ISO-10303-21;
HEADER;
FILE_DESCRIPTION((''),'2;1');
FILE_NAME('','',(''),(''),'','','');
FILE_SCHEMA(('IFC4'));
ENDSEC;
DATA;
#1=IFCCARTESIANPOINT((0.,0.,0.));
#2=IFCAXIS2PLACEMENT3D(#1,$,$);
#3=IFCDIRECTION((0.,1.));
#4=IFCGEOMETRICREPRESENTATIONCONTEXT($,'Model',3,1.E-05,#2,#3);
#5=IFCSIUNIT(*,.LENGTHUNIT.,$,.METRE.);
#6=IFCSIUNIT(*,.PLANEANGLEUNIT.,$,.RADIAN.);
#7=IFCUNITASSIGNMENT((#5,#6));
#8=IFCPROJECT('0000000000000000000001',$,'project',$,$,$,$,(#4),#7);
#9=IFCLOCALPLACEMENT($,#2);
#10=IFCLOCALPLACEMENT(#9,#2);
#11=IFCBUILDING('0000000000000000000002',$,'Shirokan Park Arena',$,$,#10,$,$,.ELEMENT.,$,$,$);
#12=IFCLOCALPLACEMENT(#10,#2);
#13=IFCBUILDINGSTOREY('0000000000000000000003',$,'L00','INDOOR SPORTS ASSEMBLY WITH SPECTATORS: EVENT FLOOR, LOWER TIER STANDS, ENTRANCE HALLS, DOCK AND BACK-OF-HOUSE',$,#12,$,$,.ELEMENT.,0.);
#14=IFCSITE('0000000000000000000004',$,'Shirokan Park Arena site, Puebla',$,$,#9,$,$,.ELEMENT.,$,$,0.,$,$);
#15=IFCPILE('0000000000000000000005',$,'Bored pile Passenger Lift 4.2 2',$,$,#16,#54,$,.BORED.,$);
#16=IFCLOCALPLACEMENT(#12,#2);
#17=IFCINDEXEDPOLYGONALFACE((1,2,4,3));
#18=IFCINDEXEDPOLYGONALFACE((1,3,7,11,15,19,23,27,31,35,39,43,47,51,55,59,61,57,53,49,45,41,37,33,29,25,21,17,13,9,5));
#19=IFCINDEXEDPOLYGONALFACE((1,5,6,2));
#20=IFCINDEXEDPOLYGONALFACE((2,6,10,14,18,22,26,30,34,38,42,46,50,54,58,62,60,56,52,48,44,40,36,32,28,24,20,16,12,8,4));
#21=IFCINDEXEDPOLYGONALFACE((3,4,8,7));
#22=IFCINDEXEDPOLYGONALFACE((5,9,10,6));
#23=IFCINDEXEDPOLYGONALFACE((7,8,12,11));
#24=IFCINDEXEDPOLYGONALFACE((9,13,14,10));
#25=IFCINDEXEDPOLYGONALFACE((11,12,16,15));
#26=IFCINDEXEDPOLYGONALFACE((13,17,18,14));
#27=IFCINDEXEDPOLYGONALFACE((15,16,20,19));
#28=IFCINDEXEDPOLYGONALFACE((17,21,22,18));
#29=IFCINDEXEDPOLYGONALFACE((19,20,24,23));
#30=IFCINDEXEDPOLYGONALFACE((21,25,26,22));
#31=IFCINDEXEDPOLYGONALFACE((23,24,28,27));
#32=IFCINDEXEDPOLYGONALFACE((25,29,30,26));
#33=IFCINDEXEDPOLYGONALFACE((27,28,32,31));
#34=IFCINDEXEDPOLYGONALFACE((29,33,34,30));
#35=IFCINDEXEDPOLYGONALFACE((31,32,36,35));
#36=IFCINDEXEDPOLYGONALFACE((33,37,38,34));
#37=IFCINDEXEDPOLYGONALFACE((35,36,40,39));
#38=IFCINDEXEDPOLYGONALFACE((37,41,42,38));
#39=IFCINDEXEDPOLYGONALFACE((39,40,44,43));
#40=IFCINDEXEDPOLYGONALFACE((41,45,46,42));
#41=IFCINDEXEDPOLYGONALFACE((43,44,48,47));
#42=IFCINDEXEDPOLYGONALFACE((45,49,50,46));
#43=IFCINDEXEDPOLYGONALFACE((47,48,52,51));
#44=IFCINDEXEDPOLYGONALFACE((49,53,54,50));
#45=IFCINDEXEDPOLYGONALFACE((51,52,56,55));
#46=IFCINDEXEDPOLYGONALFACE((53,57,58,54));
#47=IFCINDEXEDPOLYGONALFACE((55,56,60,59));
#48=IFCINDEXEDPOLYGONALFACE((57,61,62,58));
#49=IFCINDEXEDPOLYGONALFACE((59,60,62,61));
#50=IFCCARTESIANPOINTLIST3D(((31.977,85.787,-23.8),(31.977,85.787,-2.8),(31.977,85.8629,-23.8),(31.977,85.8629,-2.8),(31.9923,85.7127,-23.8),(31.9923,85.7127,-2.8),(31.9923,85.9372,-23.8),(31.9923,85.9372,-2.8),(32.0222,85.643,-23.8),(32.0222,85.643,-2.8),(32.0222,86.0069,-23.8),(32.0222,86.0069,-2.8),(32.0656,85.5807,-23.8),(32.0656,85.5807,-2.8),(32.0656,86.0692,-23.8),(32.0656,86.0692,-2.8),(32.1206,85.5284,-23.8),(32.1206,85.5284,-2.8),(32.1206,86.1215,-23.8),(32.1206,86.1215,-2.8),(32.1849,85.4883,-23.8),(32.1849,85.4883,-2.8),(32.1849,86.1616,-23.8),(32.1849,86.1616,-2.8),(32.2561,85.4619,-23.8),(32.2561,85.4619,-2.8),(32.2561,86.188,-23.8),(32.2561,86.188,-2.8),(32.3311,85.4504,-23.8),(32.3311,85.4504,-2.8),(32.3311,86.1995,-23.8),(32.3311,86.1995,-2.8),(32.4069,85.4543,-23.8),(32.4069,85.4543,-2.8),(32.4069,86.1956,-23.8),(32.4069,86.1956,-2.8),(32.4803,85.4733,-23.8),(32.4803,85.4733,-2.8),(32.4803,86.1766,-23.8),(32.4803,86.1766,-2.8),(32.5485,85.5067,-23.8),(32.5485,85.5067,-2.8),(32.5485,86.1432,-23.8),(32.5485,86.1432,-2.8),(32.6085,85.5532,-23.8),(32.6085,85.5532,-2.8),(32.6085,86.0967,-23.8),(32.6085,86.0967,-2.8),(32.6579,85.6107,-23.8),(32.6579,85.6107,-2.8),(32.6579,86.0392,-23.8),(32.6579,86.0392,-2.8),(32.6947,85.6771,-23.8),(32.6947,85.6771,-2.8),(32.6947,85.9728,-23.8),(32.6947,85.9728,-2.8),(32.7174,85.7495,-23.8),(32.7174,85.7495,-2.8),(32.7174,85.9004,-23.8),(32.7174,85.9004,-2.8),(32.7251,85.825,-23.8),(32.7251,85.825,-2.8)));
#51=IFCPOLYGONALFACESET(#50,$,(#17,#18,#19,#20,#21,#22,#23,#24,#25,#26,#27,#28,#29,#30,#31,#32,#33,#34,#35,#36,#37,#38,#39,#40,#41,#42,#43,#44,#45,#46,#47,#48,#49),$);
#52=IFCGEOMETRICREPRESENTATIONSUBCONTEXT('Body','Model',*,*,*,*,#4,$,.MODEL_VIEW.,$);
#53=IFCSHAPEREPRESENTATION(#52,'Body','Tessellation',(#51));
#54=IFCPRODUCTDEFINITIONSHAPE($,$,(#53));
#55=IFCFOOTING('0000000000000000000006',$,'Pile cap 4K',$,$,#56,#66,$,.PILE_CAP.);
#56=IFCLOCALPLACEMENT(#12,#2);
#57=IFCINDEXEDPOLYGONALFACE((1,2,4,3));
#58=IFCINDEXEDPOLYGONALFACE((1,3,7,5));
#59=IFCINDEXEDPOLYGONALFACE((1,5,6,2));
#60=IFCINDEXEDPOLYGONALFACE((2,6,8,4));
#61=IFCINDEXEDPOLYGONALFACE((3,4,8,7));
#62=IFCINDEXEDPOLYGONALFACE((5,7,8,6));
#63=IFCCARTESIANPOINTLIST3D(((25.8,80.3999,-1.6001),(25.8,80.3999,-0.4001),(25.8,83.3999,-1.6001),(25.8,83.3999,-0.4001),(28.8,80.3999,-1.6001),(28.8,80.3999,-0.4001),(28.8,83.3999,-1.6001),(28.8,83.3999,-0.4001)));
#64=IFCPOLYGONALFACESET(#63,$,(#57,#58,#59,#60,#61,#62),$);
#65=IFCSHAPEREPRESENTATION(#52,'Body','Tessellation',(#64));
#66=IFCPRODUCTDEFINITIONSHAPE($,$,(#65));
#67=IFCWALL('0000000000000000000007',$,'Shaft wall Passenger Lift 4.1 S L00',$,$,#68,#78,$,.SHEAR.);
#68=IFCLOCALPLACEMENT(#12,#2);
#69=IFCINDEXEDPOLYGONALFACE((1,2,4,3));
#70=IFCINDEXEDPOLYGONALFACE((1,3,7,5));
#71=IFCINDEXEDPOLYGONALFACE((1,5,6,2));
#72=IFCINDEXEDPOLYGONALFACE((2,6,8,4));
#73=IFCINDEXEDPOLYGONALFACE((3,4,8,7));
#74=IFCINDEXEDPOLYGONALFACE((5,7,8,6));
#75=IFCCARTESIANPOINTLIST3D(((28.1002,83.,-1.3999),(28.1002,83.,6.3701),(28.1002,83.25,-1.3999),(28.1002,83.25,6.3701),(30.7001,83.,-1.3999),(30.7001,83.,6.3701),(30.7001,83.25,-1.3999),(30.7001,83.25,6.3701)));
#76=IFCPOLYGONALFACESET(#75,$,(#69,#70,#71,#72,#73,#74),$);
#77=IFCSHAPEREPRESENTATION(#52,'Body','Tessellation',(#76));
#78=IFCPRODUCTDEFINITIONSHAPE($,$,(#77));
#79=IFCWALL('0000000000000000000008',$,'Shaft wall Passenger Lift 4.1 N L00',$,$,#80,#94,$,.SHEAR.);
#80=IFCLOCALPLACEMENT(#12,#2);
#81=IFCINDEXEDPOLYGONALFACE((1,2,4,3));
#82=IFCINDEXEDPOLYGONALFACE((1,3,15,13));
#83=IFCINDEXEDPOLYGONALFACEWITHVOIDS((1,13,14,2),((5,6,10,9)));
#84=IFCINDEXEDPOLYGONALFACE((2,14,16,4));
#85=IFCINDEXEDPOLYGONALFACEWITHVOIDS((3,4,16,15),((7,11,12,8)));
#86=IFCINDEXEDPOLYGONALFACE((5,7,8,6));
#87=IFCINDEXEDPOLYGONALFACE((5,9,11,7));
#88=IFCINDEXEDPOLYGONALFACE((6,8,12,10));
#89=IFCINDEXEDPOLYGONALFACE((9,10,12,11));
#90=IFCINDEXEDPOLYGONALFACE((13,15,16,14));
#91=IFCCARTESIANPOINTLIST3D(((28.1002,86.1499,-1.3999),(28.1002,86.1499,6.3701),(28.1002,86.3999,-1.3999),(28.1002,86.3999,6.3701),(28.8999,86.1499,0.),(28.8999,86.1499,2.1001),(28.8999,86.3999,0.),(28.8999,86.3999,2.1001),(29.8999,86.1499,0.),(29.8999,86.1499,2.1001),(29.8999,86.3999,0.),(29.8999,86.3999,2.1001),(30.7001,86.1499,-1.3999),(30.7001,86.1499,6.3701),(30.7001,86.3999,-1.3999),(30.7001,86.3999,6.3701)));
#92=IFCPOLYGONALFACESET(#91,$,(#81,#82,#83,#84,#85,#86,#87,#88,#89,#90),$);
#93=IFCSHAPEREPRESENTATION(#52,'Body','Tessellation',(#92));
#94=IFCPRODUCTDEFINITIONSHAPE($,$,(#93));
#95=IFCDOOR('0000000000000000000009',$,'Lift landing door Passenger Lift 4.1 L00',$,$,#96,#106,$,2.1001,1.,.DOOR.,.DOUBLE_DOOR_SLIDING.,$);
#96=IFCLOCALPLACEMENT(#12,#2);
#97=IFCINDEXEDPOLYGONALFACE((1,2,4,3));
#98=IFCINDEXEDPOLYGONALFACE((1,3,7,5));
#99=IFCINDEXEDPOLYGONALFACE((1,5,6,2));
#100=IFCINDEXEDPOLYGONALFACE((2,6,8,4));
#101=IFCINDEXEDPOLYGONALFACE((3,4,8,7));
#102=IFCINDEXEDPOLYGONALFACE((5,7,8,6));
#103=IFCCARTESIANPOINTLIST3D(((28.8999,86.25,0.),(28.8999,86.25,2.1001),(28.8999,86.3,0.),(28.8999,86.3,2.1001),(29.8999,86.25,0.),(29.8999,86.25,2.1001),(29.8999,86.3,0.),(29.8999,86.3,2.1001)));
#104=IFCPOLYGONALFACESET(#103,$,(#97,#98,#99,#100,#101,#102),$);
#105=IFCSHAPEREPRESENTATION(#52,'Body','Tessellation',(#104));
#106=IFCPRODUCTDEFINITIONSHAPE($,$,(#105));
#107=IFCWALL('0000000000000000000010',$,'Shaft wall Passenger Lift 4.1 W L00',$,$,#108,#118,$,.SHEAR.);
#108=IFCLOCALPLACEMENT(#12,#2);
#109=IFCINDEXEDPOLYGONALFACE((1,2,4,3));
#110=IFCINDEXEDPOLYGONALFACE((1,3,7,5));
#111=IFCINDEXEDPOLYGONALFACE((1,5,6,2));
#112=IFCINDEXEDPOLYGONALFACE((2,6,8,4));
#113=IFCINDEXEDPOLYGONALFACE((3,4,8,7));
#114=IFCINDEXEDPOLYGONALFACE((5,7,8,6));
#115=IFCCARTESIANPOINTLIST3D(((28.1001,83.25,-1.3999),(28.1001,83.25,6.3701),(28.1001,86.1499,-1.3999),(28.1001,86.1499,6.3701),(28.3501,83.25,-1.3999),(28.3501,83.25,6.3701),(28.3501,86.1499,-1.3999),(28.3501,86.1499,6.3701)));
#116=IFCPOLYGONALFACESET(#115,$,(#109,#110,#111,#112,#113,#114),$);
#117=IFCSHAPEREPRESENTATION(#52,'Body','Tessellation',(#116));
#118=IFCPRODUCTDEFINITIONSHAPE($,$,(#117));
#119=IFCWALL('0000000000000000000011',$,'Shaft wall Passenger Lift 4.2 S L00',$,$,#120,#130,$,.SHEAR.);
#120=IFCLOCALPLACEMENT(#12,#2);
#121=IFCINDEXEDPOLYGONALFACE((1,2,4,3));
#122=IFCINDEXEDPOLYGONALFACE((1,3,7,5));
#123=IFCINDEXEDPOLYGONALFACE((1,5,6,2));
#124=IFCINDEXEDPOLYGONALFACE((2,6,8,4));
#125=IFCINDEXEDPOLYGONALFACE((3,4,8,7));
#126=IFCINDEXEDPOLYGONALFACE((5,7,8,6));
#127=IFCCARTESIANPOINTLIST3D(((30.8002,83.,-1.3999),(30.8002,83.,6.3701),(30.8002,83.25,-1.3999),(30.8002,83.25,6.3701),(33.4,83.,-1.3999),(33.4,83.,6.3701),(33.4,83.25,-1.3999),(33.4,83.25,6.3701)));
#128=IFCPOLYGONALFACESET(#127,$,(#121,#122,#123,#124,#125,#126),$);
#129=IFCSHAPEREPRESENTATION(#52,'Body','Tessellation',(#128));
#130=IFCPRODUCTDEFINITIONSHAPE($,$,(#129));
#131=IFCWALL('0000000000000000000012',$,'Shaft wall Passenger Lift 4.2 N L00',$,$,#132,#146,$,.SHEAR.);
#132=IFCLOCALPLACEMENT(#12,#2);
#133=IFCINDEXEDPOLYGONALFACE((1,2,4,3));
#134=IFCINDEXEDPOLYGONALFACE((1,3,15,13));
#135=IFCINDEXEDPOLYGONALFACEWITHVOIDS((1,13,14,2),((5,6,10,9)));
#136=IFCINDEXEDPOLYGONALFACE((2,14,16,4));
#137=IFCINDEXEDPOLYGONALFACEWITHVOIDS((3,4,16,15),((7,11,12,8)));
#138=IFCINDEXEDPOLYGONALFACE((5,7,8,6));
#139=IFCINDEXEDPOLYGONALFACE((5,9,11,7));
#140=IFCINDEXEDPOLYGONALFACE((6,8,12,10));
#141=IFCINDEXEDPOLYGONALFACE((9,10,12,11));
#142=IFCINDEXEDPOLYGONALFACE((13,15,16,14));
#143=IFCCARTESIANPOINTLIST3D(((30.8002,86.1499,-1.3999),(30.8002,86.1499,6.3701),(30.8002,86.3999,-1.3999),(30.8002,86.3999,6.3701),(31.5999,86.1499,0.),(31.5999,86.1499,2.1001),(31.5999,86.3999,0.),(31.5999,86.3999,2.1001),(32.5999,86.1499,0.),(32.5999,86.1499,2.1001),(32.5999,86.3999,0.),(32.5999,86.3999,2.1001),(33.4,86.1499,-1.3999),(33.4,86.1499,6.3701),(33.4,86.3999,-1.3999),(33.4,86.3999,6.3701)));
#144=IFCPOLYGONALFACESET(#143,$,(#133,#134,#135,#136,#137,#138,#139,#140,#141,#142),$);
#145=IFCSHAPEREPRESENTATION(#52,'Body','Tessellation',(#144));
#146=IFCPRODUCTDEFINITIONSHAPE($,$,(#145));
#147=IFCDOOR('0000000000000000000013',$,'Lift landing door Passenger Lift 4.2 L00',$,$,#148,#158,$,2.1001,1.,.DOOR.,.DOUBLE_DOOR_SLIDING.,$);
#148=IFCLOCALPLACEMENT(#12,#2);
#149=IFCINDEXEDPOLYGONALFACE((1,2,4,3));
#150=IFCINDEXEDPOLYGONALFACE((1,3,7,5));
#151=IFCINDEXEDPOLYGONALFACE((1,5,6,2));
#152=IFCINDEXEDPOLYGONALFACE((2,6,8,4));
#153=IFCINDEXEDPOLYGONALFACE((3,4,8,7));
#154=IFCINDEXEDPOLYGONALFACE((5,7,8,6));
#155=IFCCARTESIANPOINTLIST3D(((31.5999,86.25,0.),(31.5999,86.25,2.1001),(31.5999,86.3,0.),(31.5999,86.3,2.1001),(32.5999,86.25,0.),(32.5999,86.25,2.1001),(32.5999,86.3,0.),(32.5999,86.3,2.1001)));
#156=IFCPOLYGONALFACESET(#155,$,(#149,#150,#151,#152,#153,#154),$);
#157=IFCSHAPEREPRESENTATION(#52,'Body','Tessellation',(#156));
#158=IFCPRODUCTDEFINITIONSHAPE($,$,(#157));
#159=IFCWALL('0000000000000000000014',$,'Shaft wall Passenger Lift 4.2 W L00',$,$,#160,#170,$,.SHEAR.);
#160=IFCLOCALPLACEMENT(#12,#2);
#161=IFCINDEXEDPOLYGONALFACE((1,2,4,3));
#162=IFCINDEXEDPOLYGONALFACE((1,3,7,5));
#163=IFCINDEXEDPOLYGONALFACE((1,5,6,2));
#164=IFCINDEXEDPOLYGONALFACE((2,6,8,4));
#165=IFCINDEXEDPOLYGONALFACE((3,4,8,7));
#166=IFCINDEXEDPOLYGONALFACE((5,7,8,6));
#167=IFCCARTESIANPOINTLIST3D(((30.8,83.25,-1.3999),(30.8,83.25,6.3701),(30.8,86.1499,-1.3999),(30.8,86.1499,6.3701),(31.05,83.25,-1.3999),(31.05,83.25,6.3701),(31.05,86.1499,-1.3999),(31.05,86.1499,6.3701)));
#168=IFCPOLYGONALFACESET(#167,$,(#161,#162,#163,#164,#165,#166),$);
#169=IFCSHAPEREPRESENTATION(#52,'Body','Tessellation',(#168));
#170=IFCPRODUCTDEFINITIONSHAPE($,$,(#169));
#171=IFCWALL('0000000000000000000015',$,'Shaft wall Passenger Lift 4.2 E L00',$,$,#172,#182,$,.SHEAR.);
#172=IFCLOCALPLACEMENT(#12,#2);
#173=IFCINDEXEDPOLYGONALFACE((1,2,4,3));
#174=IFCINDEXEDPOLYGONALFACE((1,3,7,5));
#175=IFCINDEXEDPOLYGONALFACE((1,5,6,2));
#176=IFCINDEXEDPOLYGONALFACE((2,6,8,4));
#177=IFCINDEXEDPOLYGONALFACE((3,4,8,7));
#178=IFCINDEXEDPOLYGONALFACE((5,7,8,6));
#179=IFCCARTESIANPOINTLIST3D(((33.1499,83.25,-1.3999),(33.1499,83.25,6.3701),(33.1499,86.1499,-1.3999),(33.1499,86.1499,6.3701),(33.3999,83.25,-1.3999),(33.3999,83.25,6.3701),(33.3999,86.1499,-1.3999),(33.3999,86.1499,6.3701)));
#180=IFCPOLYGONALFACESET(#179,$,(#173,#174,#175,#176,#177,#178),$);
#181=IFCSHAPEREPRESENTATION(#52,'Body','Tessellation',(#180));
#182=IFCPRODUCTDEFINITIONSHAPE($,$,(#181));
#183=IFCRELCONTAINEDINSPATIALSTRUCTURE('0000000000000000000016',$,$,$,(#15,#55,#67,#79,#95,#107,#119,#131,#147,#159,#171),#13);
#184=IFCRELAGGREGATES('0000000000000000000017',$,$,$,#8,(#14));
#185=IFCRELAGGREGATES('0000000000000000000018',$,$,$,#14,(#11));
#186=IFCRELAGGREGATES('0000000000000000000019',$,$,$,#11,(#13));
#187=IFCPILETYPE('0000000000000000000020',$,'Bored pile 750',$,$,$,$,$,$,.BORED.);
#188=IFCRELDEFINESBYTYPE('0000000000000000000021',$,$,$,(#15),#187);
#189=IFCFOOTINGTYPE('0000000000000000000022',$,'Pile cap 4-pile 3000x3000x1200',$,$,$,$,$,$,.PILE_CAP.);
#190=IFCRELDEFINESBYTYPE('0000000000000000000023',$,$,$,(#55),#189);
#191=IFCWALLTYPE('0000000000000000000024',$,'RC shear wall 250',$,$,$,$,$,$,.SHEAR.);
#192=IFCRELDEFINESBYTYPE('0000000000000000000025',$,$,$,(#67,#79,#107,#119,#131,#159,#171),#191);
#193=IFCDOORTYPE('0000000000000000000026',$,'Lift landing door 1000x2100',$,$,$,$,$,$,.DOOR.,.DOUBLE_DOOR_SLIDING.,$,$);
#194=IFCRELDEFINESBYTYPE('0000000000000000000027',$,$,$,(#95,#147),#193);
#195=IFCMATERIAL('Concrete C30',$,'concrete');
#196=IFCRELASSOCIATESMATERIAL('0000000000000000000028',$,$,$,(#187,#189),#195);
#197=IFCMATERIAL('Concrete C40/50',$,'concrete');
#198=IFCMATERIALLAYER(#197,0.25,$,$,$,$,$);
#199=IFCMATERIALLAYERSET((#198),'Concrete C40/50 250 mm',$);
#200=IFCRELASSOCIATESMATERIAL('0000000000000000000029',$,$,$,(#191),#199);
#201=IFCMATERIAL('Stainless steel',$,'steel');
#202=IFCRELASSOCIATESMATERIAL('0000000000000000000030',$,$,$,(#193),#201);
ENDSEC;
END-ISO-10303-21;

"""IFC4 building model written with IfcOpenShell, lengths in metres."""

from ifc_helpers import new_model, si_unit, direction, frame, frame_2d, origin, origin_2d, place, context, subcontext, project, spatial, rectangle, circle, extrude, material, layer, layer_set, material_profile, profile_set, type_object, element, fill, save


model = new_model("IFC4")

# Units and contexts
model_context = context("Model", 3, precision=1e-05, world=origin(), true_north=direction((0.0, 1.0)))
body_context = subcontext(model_context, "Body", "Model", "MODEL_VIEW")
ifc_project = project(units=[si_unit("LENGTHUNIT", "METRE"), si_unit("PLANEANGLEUNIT", "RADIAN")], contexts=[model_context])

# Site, building, storey
site_placement = place(None, origin())
site = spatial("IfcSite", under=ifc_project, at=site_placement, Name="Shirokan Park Arena site, Puebla", CompositionType="ELEMENT", RefElevation=0.0)
building_placement = place(site_placement, origin())
building = spatial("IfcBuilding", under=site, at=building_placement, Name="Shirokan Park Arena", CompositionType="ELEMENT")
storey_placement = place(building_placement, origin())
storey = spatial("IfcBuildingStorey", under=building, at=storey_placement, Name="L00", Description="INDOOR SPORTS ASSEMBLY WITH SPECTATORS: EVENT FLOOR, LOWER TIER STANDS, ENTRANCE HALLS, DOCK AND BACK-OF-HOUSE", CompositionType="ELEMENT", Elevation=0.0)

# Pile
ifc_material_1 = material(Name="Concrete C30", Category="concrete")
ifc_material_profile_1 = material_profile(ifc_material_1, circle(Radius=0.375, at=origin_2d()), Name="D750")
ifc_profile_set_1 = profile_set([ifc_material_profile_1], Name="Concrete C30")
pile_type_1 = type_object("IfcPileType", Name="Bored pile 750", PredefinedType="BORED", material=ifc_profile_set_1)
for number, where, z_axis, x_axis, name in (
    (1, (32.3501, 85.825, -2.8), (0.0, 0.0, -1.0), (1.0, 0.0, 0.0), "Bored pile Passenger Lift 4.2 2"),
):
    element("IfcPile", number, at=place(storey_placement, frame(where, z_axis=z_axis, x_axis=x_axis)), inside=storey, type_object=pile_type_1, Name=name, PredefinedType="BORED", context=body_context, shape_type="SweptSolid", body=[
        extrude(circle(Radius=0.375, at=origin_2d()), origin(), (0.0, 0.0, 1.0), 21.0),
    ])

# Footing
footing_type = type_object("IfcFootingType", Name="Pile cap 4-pile 3000x3000x1200", PredefinedType="PILE_CAP", material=ifc_material_1)
footing_placement = place(storey_placement, frame((27.3, 81.8999, -1.6001), z_axis=(0.0, 0.0, 1.0), x_axis=(1.0, 0.0, 0.0)))
element("IfcFooting", 2, at=footing_placement, inside=storey, type_object=footing_type, Name="Pile cap 4K", PredefinedType="PILE_CAP", context=body_context, shape_type="SweptSolid", body=[
    extrude(rectangle(XDim=3.0, YDim=3.0, at=origin_2d()), origin(), (0.0, 0.0, 1.0), 1.2),
])

# Wall
ifc_material_2 = material(Name="Concrete C40/50", Category="concrete")
ifc_layer_1 = layer(ifc_material_2, 0.25)
ifc_layer_set_1 = layer_set([ifc_layer_1], Name="Concrete C40/50 250 mm")
wall_type_1 = type_object("IfcWallType", Name="RC shear wall 250", PredefinedType="SHEAR", material=ifc_layer_set_1)
wall_1_placement = place(storey_placement, frame((30.7, 83.125, -1.3999), z_axis=(0.0, 0.0, 1.0), x_axis=(-1.0, 0.0, 0.0)))
element("IfcWall", 3, at=wall_1_placement, inside=storey, type_object=wall_type_1, Name="Shaft wall Passenger Lift 4.1 S L00", PredefinedType="SHEAR", context=body_context, shape_type="SweptSolid", body=[
    extrude(rectangle(XDim=2.5999, YDim=0.25, at=frame_2d((1.2998, 0.0))), origin(), (0.0, 0.0, 1.0), 7.77),
])

# Wall, opening, door
wall_2_placement = place(storey_placement, frame((30.7, 86.2749, -1.3999), z_axis=(0.0, 0.0, 1.0), x_axis=(-1.0, 0.0, 0.0)))
wall_2 = element("IfcWall", 4, at=wall_2_placement, inside=storey, type_object=wall_type_1, Name="Shaft wall Passenger Lift 4.1 N L00", PredefinedType="SHEAR", context=body_context, shape_type="SweptSolid", body=[
    extrude(rectangle(XDim=2.5999, YDim=0.25, at=frame_2d((1.2998, 0.0))), origin(), (0.0, 0.0, 1.0), 7.77),
])
opening_1_placement = place(wall_2_placement, frame((0.8, 0.0, 1.3999)))
opening_1 = element("IfcOpeningElement", 5, at=opening_1_placement, cuts=wall_2, PredefinedType="OPENING", context=body_context, shape_type="SweptSolid", body=[
    extrude(rectangle(XDim=1.0, YDim=2.1001, at=frame_2d((0.5, 1.05))), frame((0.0, 0.135, 0.0), z_axis=(0.0, -1.0, 0.0), x_axis=(1.0, 0.0, 0.0)), (0.0, 0.0, 1.0), 0.27),
])
ifc_material_3 = material(Name="Stainless steel", Category="steel")
door_type = type_object("IfcDoorType", Name="Lift landing door 1000x2100", OperationType="DOUBLE_DOOR_SLIDING", PredefinedType="DOOR", material=ifc_material_3)
door_1_placement = place(opening_1_placement, origin())
door_1 = element("IfcDoor", 6, at=door_1_placement, inside=storey, type_object=door_type, Name="Lift landing door Passenger Lift 4.1 L00", OperationType="DOUBLE_DOOR_SLIDING", OverallHeight=2.1001, OverallWidth=1.0, PredefinedType="DOOR", context=body_context, shape_type="SweptSolid", body=[
    extrude(rectangle(XDim=1.0, YDim=2.1001, at=frame_2d((0.5, 1.05))), frame((0.0, 0.0249, 0.0), z_axis=(0.0, -1.0, 0.0), x_axis=(1.0, 0.0, 0.0)), (0.0, 0.0, 1.0), 0.05),
])
fill(opening_1, door_1)

# Walls
wall_3_placement = place(storey_placement, frame((28.2251, 86.1499, -1.3999), z_axis=(0.0, 0.0, 1.0), x_axis=(0.0, -1.0, 0.0)))
element("IfcWall", 7, at=wall_3_placement, inside=storey, type_object=wall_type_1, Name="Shaft wall Passenger Lift 4.1 W L00", PredefinedType="SHEAR", context=body_context, shape_type="SweptSolid", body=[
    extrude(rectangle(XDim=2.8999, YDim=0.25, at=frame_2d((1.45, 0.0))), origin(), (0.0, 0.0, 1.0), 7.77),
])
wall_4_placement = place(storey_placement, frame((33.3999, 83.125, -1.3999), z_axis=(0.0, 0.0, 1.0), x_axis=(-1.0, 0.0, 0.0)))
element("IfcWall", 8, at=wall_4_placement, inside=storey, type_object=wall_type_1, Name="Shaft wall Passenger Lift 4.2 S L00", PredefinedType="SHEAR", context=body_context, shape_type="SweptSolid", body=[
    extrude(rectangle(XDim=2.5999, YDim=0.25, at=frame_2d((1.2998, 0.0))), origin(), (0.0, 0.0, 1.0), 7.77),
])

# Wall, opening, door
wall_5_placement = place(storey_placement, frame((33.3999, 86.2749, -1.3999), z_axis=(0.0, 0.0, 1.0), x_axis=(-1.0, 0.0, 0.0)))
wall_5 = element("IfcWall", 9, at=wall_5_placement, inside=storey, type_object=wall_type_1, Name="Shaft wall Passenger Lift 4.2 N L00", PredefinedType="SHEAR", context=body_context, shape_type="SweptSolid", body=[
    extrude(rectangle(XDim=2.5999, YDim=0.25, at=frame_2d((1.2998, 0.0))), origin(), (0.0, 0.0, 1.0), 7.77),
])
opening_2_placement = place(wall_5_placement, frame((0.8, 0.0, 1.3999)))
opening_2 = element("IfcOpeningElement", 10, at=opening_2_placement, cuts=wall_5, PredefinedType="OPENING", context=body_context, shape_type="SweptSolid", body=[
    extrude(rectangle(XDim=1.0, YDim=2.1001, at=frame_2d((0.5, 1.05))), frame((0.0, 0.135, 0.0), z_axis=(0.0, -1.0, 0.0), x_axis=(1.0, 0.0, 0.0)), (0.0, 0.0, 1.0), 0.27),
])
door_2_placement = place(opening_2_placement, origin())
door_2 = element("IfcDoor", 11, at=door_2_placement, inside=storey, type_object=door_type, Name="Lift landing door Passenger Lift 4.2 L00", OperationType="DOUBLE_DOOR_SLIDING", OverallHeight=2.1001, OverallWidth=1.0, PredefinedType="DOOR", context=body_context, shape_type="SweptSolid", body=[
    extrude(rectangle(XDim=1.0, YDim=2.1001, at=frame_2d((0.5, 1.05))), frame((0.0, 0.0249, 0.0), z_axis=(0.0, -1.0, 0.0), x_axis=(1.0, 0.0, 0.0)), (0.0, 0.0, 1.0), 0.05),
])
fill(opening_2, door_2)

# Walls
for number, where, z_axis, x_axis, name in (
    (12, (30.925, 86.1499, -1.3999), (0.0, 0.0, 1.0), (0.0, -1.0, 0.0), "Shaft wall Passenger Lift 4.2 W L00"),
    (13, (33.2749, 86.1499, -1.3999), (0.0, 0.0, 1.0), (0.0, -1.0, 0.0), "Shaft wall Passenger Lift 4.2 E L00"),
):
    element("IfcWall", number, at=place(storey_placement, frame(where, z_axis=z_axis, x_axis=x_axis)), inside=storey, type_object=wall_type_1, Name=name, PredefinedType="SHEAR", context=body_context, shape_type="SweptSolid", body=[
        extrude(rectangle(XDim=2.8999, YDim=0.25, at=frame_2d((1.45, 0.0))), origin(), (0.0, 0.0, 1.0), 7.77),
    ])

save(model, "model.ifc")
